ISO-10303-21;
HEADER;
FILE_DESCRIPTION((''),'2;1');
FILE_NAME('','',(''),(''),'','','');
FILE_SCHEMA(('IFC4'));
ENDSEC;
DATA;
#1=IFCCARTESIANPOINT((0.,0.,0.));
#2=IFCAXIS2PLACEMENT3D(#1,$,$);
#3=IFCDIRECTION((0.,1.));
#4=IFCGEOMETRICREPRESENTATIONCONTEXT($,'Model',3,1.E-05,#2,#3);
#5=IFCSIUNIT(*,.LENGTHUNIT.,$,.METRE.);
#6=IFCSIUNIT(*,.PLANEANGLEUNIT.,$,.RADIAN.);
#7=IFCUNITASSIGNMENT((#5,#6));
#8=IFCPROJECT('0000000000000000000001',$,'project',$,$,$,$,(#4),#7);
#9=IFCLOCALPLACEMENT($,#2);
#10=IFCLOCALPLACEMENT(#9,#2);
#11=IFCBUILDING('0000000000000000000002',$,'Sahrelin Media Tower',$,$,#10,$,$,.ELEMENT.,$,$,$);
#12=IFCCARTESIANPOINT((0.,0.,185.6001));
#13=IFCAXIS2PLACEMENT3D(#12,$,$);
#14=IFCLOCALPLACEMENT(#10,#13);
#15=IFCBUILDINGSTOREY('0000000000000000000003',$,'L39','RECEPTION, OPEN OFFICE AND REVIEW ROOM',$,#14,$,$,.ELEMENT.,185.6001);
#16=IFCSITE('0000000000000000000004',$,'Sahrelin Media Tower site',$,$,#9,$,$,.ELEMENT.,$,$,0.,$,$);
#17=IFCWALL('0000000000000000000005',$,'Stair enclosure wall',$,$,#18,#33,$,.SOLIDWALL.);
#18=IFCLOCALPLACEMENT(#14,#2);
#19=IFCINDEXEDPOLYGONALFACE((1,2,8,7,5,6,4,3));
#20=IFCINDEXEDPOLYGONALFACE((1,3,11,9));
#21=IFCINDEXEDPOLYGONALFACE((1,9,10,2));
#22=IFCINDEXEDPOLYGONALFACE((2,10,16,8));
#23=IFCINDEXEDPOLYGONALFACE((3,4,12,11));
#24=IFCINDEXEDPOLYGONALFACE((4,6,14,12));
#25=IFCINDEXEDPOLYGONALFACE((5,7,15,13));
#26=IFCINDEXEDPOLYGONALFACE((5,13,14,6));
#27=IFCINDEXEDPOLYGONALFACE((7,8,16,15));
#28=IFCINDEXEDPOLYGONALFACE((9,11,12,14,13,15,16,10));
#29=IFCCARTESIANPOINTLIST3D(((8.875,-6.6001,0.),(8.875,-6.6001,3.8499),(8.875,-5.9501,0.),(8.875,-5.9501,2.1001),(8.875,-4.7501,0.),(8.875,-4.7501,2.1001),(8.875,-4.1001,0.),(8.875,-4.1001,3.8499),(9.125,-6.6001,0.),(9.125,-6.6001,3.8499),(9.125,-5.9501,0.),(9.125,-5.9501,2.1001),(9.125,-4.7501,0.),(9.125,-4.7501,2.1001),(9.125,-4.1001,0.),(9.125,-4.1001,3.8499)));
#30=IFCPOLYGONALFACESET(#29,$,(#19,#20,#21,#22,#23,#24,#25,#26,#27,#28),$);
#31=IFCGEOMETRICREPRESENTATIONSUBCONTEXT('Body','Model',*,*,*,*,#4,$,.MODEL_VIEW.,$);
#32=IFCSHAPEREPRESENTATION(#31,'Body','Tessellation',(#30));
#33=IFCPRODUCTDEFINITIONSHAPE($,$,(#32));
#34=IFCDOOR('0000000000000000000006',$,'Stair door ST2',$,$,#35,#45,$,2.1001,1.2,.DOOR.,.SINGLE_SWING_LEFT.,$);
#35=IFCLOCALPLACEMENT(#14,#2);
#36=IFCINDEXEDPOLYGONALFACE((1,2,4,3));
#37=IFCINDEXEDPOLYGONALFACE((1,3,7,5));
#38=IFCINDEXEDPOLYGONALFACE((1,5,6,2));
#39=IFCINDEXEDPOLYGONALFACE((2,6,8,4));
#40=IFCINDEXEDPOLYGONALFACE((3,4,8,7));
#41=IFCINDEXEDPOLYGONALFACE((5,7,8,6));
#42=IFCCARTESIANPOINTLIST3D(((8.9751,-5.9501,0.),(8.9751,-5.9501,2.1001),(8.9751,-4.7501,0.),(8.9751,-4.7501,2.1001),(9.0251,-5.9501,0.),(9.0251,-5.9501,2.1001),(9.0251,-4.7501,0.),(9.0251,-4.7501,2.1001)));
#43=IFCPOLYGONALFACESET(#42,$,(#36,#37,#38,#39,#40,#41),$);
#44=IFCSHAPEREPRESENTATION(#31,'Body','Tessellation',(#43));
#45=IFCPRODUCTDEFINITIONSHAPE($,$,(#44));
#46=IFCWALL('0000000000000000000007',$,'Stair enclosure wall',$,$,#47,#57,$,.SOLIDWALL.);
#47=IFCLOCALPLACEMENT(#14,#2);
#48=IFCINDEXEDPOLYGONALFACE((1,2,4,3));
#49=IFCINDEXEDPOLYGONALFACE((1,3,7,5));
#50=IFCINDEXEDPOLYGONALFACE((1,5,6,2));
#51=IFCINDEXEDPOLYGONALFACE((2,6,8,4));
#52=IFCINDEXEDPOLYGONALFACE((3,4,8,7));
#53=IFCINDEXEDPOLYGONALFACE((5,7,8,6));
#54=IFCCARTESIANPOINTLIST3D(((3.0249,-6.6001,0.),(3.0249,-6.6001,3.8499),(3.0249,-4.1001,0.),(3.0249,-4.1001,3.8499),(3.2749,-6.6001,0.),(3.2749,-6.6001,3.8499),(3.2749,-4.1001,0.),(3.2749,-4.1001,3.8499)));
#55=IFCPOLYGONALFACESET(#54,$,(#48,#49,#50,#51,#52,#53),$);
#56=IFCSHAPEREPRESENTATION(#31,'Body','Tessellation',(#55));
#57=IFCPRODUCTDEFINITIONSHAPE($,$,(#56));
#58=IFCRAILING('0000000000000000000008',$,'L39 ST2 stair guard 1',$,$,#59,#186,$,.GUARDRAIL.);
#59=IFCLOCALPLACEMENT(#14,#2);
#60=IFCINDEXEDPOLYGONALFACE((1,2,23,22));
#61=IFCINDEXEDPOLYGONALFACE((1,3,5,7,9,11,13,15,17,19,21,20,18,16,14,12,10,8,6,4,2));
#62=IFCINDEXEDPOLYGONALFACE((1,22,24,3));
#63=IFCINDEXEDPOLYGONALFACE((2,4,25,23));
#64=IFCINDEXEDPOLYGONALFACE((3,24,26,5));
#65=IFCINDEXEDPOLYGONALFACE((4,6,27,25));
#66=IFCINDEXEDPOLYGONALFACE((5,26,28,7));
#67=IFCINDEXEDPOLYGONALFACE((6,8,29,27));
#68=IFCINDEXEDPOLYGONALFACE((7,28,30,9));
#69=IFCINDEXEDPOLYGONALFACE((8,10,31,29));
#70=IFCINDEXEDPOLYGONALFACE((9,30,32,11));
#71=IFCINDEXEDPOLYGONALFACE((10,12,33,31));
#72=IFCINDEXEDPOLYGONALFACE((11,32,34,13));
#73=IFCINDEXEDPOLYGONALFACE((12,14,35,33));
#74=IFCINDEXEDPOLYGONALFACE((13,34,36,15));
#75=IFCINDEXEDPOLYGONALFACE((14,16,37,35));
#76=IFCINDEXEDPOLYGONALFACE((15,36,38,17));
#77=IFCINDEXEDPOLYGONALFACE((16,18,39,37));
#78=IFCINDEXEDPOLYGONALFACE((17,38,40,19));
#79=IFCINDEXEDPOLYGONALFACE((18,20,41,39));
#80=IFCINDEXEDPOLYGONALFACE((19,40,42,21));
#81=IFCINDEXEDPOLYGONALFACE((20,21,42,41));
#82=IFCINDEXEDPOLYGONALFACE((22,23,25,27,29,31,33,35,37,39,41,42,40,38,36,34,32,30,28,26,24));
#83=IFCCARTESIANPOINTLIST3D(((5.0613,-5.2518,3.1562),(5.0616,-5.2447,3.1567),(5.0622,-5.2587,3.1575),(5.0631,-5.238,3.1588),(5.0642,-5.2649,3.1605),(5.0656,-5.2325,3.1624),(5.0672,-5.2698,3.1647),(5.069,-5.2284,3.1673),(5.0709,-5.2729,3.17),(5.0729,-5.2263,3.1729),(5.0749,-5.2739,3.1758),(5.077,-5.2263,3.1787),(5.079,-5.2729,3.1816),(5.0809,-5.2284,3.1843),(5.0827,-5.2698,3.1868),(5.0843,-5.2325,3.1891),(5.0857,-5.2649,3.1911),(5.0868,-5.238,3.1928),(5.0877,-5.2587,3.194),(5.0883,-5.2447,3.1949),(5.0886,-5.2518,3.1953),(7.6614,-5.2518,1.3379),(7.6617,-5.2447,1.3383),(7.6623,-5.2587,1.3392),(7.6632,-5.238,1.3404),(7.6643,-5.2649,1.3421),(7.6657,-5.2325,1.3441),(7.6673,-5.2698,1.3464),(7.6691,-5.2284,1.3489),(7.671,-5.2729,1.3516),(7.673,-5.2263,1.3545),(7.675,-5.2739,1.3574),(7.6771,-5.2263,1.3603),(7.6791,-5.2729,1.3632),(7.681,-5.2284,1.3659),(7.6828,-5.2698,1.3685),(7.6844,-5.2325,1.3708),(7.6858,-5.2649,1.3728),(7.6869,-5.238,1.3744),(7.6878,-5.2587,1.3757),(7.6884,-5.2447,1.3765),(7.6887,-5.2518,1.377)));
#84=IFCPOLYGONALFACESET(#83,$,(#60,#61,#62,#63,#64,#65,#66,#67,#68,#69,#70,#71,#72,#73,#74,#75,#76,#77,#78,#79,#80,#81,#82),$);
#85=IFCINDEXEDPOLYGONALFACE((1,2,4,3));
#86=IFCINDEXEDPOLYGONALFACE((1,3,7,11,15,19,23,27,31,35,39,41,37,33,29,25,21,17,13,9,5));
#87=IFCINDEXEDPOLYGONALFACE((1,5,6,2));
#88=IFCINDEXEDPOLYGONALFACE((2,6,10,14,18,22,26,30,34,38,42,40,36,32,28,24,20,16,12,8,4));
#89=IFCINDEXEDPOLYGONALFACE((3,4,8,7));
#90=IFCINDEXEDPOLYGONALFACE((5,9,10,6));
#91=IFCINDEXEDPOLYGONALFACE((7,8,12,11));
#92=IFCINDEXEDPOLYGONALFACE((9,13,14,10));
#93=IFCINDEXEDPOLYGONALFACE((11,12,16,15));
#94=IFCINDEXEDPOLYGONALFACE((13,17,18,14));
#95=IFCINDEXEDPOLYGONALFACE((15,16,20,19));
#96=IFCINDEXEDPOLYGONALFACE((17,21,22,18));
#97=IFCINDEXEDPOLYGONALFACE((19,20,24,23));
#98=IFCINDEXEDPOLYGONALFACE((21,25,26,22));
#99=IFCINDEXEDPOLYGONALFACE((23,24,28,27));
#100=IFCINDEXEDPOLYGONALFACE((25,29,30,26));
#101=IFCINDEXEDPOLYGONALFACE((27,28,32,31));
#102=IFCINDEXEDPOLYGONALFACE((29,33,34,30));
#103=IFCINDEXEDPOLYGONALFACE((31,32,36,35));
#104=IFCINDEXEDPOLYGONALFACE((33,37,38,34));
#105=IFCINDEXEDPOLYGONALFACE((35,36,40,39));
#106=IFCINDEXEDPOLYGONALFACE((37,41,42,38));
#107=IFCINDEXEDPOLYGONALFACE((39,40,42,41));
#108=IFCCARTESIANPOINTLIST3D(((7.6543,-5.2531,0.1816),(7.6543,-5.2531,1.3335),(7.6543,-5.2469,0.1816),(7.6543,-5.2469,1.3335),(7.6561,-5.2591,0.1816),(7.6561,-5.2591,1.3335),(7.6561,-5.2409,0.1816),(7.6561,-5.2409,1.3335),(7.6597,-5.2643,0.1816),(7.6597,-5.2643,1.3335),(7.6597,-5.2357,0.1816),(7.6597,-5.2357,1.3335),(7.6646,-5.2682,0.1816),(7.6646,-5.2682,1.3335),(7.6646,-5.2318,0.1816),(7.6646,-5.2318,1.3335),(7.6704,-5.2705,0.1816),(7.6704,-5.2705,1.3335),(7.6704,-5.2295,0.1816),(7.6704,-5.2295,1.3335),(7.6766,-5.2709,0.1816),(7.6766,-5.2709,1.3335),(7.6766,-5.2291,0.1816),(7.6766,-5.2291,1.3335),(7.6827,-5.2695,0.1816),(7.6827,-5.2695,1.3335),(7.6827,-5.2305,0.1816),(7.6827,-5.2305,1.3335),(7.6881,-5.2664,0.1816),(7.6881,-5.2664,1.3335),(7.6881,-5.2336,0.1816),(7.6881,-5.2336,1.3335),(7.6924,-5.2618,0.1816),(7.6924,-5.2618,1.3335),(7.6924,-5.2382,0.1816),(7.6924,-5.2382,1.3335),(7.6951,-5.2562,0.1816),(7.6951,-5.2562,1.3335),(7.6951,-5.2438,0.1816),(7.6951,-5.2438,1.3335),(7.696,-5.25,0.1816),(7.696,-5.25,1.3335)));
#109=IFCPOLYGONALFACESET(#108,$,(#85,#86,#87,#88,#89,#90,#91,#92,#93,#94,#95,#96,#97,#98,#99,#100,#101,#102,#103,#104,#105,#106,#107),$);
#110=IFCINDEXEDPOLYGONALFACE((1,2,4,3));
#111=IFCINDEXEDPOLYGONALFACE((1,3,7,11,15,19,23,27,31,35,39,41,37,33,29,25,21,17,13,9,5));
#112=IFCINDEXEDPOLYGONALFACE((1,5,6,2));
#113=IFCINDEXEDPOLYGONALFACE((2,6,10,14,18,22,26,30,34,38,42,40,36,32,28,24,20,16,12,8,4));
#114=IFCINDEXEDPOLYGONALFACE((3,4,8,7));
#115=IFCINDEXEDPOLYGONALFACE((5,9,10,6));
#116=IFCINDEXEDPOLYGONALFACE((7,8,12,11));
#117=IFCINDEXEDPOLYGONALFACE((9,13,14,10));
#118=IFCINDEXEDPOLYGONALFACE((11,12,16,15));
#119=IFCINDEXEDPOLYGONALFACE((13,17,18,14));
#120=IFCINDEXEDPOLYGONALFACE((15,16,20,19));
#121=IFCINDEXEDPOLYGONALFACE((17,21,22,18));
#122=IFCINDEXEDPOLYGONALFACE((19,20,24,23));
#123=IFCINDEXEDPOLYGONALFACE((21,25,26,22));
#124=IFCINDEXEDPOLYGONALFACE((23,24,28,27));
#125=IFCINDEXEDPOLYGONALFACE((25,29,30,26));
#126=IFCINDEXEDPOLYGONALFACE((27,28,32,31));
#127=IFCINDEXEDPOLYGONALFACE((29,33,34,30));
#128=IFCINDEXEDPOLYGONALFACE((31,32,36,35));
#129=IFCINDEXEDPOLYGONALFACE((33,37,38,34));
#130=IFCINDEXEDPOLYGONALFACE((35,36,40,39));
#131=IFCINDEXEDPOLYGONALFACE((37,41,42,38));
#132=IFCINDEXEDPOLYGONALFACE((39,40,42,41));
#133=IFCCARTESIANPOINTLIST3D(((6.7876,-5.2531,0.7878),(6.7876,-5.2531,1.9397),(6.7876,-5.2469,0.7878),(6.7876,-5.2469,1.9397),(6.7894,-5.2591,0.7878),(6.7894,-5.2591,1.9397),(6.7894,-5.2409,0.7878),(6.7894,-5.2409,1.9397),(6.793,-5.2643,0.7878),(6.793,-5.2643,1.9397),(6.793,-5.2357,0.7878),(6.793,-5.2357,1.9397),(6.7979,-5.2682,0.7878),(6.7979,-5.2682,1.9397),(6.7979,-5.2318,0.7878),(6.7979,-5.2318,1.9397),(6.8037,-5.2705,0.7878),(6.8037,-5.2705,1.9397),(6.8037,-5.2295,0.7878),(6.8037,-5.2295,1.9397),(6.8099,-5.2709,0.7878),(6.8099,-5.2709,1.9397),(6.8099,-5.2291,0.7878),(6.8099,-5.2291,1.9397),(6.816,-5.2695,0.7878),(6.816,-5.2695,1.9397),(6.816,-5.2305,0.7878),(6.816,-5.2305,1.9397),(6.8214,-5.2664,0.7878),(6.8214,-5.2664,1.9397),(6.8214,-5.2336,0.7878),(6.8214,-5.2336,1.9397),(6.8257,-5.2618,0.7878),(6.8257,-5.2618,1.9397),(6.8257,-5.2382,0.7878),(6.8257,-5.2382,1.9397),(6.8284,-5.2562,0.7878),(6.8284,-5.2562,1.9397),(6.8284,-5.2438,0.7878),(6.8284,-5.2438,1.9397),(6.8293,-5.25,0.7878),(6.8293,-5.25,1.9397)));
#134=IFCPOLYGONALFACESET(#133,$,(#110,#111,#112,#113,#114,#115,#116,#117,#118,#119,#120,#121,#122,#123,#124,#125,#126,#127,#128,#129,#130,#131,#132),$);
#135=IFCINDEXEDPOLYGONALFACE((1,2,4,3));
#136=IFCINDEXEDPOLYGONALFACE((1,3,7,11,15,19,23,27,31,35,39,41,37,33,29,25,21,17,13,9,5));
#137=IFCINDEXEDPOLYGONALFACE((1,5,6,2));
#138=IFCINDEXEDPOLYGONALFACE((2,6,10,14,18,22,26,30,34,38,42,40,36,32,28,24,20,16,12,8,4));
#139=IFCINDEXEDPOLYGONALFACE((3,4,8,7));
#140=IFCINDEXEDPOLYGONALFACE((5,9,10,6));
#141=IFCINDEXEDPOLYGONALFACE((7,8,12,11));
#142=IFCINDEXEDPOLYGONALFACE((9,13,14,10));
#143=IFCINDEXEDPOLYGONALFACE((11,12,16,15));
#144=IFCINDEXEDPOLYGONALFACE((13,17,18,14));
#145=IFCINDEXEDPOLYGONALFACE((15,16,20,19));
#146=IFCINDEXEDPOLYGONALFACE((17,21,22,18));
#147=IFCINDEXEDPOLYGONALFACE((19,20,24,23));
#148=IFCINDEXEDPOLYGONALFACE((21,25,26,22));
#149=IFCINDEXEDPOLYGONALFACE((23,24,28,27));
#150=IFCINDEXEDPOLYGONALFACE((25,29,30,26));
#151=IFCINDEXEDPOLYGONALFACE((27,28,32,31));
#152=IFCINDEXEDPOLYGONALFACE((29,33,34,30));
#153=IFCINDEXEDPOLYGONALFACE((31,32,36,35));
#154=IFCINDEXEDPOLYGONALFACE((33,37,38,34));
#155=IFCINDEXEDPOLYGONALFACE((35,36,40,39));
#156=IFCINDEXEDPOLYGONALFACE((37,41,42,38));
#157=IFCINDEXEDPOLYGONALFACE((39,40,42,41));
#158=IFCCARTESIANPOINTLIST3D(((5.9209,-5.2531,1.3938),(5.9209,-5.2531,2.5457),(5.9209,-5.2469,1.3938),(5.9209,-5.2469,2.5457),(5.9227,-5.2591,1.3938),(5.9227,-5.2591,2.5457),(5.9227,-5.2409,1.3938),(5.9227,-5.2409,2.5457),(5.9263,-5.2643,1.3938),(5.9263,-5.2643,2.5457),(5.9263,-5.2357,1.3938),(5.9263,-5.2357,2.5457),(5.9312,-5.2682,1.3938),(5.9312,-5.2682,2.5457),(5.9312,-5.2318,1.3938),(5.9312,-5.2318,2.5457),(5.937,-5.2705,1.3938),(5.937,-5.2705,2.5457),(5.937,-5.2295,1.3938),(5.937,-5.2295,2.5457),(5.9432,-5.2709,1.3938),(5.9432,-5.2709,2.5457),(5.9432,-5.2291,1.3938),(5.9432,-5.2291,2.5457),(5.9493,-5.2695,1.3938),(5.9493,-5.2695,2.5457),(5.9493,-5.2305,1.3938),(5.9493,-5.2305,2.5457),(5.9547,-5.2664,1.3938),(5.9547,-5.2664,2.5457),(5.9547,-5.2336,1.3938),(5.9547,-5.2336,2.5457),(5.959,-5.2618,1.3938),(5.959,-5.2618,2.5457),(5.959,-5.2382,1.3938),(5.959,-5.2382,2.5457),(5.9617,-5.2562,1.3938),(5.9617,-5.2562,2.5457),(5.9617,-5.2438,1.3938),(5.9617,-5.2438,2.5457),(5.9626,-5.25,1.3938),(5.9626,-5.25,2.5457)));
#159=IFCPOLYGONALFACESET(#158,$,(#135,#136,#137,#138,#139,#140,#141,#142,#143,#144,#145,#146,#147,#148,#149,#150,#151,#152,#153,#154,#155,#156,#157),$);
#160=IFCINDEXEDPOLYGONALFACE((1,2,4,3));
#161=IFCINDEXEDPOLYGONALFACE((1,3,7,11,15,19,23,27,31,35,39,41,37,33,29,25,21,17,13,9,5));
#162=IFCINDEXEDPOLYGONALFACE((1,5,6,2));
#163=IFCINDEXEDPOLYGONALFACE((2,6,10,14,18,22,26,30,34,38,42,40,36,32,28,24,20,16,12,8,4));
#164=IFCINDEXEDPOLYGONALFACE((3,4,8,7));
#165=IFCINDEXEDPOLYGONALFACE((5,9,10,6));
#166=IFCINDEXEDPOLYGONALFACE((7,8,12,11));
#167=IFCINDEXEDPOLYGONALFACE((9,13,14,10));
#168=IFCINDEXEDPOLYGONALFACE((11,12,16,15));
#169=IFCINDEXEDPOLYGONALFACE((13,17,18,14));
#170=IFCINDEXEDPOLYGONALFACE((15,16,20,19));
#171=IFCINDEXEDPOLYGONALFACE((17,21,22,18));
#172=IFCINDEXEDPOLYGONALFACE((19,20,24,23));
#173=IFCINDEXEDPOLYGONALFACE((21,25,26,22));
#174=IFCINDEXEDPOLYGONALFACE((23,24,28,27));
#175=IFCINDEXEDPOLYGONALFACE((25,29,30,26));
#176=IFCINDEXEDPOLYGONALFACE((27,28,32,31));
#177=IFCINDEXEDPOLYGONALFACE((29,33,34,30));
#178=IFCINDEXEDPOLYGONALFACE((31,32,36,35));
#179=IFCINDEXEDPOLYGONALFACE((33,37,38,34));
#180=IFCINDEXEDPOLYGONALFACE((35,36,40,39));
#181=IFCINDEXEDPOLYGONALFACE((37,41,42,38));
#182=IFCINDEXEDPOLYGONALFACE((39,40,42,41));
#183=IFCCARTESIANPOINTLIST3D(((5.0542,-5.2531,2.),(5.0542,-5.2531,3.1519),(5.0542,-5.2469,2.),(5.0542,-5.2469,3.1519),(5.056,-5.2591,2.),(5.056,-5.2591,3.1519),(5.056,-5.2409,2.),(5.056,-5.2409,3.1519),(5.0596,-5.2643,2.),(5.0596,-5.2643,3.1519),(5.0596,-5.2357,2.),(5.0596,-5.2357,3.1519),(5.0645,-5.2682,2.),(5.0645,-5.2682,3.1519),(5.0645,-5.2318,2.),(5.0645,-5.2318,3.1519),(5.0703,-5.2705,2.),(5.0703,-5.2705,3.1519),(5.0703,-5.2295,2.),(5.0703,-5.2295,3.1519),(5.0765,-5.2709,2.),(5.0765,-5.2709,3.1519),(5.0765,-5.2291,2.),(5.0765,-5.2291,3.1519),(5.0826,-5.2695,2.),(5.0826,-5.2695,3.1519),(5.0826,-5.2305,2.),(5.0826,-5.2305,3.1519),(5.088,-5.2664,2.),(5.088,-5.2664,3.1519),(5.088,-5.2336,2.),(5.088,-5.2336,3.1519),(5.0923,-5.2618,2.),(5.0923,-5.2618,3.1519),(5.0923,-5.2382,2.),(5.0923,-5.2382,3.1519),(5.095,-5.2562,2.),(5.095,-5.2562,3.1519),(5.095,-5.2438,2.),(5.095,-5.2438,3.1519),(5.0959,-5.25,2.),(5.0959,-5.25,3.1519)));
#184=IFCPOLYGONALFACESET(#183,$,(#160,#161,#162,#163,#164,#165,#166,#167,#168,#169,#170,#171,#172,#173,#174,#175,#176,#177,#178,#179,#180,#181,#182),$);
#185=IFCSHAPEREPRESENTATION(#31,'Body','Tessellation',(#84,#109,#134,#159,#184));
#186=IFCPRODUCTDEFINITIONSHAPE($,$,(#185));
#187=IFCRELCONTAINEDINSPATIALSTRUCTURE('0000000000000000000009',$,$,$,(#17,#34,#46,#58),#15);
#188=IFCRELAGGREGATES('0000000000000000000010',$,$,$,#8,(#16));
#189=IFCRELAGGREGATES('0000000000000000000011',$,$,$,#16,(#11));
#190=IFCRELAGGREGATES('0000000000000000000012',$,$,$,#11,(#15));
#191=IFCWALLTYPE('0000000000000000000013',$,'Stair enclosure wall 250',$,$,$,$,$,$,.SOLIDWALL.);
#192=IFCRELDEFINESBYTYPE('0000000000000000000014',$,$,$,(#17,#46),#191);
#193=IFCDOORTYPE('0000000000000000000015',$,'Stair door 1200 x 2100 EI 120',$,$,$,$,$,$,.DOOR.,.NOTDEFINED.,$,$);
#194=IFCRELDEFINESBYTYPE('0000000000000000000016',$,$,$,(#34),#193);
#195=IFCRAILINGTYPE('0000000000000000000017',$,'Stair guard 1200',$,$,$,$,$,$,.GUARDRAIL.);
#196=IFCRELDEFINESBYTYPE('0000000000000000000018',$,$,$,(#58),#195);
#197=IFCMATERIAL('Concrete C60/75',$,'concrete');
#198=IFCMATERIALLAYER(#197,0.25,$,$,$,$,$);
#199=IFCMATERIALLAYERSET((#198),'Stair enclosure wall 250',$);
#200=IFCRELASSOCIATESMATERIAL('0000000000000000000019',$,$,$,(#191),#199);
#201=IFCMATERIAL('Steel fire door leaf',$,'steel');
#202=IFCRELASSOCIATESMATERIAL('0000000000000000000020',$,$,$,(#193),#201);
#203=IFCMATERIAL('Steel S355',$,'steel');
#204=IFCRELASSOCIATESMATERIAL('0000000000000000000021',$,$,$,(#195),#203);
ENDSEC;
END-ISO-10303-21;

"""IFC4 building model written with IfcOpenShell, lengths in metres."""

from ifc_helpers import new_model, si_unit, direction, frame, frame_2d, origin, origin_2d, place, context, subcontext, project, spatial, rectangle, circle, extrude, material, layer, layer_set, type_object, element, fill, save


model = new_model("IFC4")

# Units and contexts
model_context = context("Model", 3, precision=1e-05, world=origin(), true_north=direction((0.0, 1.0)))
body_context = subcontext(model_context, "Body", "Model", "MODEL_VIEW")
ifc_project = project(units=[si_unit("LENGTHUNIT", "METRE"), si_unit("PLANEANGLEUNIT", "RADIAN")], contexts=[model_context])

# Site, building, storey
site_placement = place(None, origin())
site = spatial("IfcSite", under=ifc_project, at=site_placement, Name="Sahrelin Media Tower site", CompositionType="ELEMENT", RefElevation=0.0)
building_placement = place(site_placement, origin())
building = spatial("IfcBuilding", under=site, at=building_placement, Name="Sahrelin Media Tower", CompositionType="ELEMENT")
storey_placement = place(building_placement, frame((0.0, 0.0, 185.6001)))
storey = spatial("IfcBuildingStorey", under=building, at=storey_placement, Name="L39", Description="RECEPTION, OPEN OFFICE AND REVIEW ROOM", CompositionType="ELEMENT", Elevation=185.6001)

# Shared definitions
ifc_material_1 = material(Name="Steel S355", Category="steel")

# Shared definitions
ifc_material_2 = material(Name="Concrete C60/75", Category="concrete")

# Shared definitions
ifc_material_3 = material(Name="Steel fire door leaf", Category="steel")

# Wall, opening, door
ifc_layer_1 = layer(ifc_material_2, 0.25)
ifc_layer_set_1 = layer_set([ifc_layer_1], Name="Stair enclosure wall 250")
wall_type_1 = type_object("IfcWallType", Name="Stair enclosure wall 250", PredefinedType="SOLIDWALL", material=ifc_layer_set_1)
wall_1_placement = place(storey_placement, frame((9.0, -6.6001, 0.0), z_axis=(0.0, 0.0, 1.0), x_axis=(0.0, 1.0, 0.0)))
wall_1 = element("IfcWall", 1, at=wall_1_placement, inside=storey, type_object=wall_type_1, Name="Stair enclosure wall", PredefinedType="SOLIDWALL", context=body_context, shape_type="SweptSolid", body=[
    extrude(rectangle(XDim=2.5, YDim=0.25, at=frame_2d((1.25, 0.0))), origin(), (0.0, 0.0, 1.0), 3.8499),
])
opening_1_placement = place(wall_1_placement, frame((0.6499, 0.0, 0.0)))
opening_1 = element("IfcOpeningElement", 2, at=opening_1_placement, cuts=wall_1, PredefinedType="OPENING", context=body_context, shape_type="SweptSolid", body=[
    extrude(rectangle(XDim=1.2, YDim=2.1001, at=frame_2d((0.6001, 1.05))), frame((0.0, 0.125, 0.0), z_axis=(0.0, -1.0, 0.0), x_axis=(1.0, 0.0, 0.0)), (0.0, 0.0, 1.0), 0.25),
])
door_type_1 = type_object("IfcDoorType", Name="Stair door 1200 x 2100 EI 120", OperationType="NOTDEFINED", PredefinedType="DOOR", material=ifc_material_3)
door_1_placement = place(opening_1_placement, origin())
door_1 = element("IfcDoor", 3, at=door_1_placement, inside=storey, type_object=door_type_1, Name="Stair door ST2", OperationType="SINGLE_SWING_LEFT", OverallHeight=2.1001, OverallWidth=1.2, PredefinedType="DOOR", context=body_context, shape_type="SweptSolid", body=[
    extrude(rectangle(XDim=1.2, YDim=2.1001, at=frame_2d((0.6001, 1.05))), frame((0.0, 0.0249, 0.0), z_axis=(0.0, -1.0, 0.0), x_axis=(1.0, 0.0, 0.0)), (0.0, 0.0, 1.0), 0.05),
])
fill(opening_1, door_1)

# Wall
wall_2_placement = place(storey_placement, frame((3.1499, -6.6001, 0.0), z_axis=(0.0, 0.0, 1.0), x_axis=(0.0, 1.0, 0.0)))
element("IfcWall", 4, at=wall_2_placement, inside=storey, type_object=wall_type_1, Name="Stair enclosure wall", PredefinedType="SOLIDWALL", context=body_context, shape_type="SweptSolid", body=[
    extrude(rectangle(XDim=2.5, YDim=0.25, at=frame_2d((1.25, 0.0))), origin(), (0.0, 0.0, 1.0), 3.8499),
])

# Railing
railing_type_1 = type_object("IfcRailingType", Name="Stair guard 1200", PredefinedType="GUARDRAIL", material=ifc_material_1)
railing_1_placement = place(storey_placement, frame((7.675, -5.25, 0.1816)))
element("IfcRailing", 5, at=railing_1_placement, inside=storey, type_object=railing_type_1, Name="L39 ST2 stair guard 1", PredefinedType="GUARDRAIL", context=body_context, shape_type="SweptSolid", body=[
    extrude(circle(Radius=0.0239, at=origin_2d()), frame((0.0, 0.0, 1.1758), z_axis=(-0.819485, 0.0, 0.573101), x_axis=(0.0, -1.0, 0.0)), (0.0, 0.0, 1.0), 3.1729),
    extrude(circle(Radius=0.021, at=origin_2d()), origin(), (0.0, 0.0, 1.0), 1.1519),
    extrude(circle(Radius=0.021, at=origin_2d()), frame((-0.8667, 0.0, 0.6062)), (0.0, 0.0, 1.0), 1.1519),
    extrude(circle(Radius=0.021, at=origin_2d()), frame((-1.7334, 0.0, 1.2122)), (0.0, 0.0, 1.0), 1.1519),
    extrude(circle(Radius=0.021, at=origin_2d()), frame((-2.6001, 0.0, 1.8184)), (0.0, 0.0, 1.0), 1.1519),
])

save(model, "model.ifc")
